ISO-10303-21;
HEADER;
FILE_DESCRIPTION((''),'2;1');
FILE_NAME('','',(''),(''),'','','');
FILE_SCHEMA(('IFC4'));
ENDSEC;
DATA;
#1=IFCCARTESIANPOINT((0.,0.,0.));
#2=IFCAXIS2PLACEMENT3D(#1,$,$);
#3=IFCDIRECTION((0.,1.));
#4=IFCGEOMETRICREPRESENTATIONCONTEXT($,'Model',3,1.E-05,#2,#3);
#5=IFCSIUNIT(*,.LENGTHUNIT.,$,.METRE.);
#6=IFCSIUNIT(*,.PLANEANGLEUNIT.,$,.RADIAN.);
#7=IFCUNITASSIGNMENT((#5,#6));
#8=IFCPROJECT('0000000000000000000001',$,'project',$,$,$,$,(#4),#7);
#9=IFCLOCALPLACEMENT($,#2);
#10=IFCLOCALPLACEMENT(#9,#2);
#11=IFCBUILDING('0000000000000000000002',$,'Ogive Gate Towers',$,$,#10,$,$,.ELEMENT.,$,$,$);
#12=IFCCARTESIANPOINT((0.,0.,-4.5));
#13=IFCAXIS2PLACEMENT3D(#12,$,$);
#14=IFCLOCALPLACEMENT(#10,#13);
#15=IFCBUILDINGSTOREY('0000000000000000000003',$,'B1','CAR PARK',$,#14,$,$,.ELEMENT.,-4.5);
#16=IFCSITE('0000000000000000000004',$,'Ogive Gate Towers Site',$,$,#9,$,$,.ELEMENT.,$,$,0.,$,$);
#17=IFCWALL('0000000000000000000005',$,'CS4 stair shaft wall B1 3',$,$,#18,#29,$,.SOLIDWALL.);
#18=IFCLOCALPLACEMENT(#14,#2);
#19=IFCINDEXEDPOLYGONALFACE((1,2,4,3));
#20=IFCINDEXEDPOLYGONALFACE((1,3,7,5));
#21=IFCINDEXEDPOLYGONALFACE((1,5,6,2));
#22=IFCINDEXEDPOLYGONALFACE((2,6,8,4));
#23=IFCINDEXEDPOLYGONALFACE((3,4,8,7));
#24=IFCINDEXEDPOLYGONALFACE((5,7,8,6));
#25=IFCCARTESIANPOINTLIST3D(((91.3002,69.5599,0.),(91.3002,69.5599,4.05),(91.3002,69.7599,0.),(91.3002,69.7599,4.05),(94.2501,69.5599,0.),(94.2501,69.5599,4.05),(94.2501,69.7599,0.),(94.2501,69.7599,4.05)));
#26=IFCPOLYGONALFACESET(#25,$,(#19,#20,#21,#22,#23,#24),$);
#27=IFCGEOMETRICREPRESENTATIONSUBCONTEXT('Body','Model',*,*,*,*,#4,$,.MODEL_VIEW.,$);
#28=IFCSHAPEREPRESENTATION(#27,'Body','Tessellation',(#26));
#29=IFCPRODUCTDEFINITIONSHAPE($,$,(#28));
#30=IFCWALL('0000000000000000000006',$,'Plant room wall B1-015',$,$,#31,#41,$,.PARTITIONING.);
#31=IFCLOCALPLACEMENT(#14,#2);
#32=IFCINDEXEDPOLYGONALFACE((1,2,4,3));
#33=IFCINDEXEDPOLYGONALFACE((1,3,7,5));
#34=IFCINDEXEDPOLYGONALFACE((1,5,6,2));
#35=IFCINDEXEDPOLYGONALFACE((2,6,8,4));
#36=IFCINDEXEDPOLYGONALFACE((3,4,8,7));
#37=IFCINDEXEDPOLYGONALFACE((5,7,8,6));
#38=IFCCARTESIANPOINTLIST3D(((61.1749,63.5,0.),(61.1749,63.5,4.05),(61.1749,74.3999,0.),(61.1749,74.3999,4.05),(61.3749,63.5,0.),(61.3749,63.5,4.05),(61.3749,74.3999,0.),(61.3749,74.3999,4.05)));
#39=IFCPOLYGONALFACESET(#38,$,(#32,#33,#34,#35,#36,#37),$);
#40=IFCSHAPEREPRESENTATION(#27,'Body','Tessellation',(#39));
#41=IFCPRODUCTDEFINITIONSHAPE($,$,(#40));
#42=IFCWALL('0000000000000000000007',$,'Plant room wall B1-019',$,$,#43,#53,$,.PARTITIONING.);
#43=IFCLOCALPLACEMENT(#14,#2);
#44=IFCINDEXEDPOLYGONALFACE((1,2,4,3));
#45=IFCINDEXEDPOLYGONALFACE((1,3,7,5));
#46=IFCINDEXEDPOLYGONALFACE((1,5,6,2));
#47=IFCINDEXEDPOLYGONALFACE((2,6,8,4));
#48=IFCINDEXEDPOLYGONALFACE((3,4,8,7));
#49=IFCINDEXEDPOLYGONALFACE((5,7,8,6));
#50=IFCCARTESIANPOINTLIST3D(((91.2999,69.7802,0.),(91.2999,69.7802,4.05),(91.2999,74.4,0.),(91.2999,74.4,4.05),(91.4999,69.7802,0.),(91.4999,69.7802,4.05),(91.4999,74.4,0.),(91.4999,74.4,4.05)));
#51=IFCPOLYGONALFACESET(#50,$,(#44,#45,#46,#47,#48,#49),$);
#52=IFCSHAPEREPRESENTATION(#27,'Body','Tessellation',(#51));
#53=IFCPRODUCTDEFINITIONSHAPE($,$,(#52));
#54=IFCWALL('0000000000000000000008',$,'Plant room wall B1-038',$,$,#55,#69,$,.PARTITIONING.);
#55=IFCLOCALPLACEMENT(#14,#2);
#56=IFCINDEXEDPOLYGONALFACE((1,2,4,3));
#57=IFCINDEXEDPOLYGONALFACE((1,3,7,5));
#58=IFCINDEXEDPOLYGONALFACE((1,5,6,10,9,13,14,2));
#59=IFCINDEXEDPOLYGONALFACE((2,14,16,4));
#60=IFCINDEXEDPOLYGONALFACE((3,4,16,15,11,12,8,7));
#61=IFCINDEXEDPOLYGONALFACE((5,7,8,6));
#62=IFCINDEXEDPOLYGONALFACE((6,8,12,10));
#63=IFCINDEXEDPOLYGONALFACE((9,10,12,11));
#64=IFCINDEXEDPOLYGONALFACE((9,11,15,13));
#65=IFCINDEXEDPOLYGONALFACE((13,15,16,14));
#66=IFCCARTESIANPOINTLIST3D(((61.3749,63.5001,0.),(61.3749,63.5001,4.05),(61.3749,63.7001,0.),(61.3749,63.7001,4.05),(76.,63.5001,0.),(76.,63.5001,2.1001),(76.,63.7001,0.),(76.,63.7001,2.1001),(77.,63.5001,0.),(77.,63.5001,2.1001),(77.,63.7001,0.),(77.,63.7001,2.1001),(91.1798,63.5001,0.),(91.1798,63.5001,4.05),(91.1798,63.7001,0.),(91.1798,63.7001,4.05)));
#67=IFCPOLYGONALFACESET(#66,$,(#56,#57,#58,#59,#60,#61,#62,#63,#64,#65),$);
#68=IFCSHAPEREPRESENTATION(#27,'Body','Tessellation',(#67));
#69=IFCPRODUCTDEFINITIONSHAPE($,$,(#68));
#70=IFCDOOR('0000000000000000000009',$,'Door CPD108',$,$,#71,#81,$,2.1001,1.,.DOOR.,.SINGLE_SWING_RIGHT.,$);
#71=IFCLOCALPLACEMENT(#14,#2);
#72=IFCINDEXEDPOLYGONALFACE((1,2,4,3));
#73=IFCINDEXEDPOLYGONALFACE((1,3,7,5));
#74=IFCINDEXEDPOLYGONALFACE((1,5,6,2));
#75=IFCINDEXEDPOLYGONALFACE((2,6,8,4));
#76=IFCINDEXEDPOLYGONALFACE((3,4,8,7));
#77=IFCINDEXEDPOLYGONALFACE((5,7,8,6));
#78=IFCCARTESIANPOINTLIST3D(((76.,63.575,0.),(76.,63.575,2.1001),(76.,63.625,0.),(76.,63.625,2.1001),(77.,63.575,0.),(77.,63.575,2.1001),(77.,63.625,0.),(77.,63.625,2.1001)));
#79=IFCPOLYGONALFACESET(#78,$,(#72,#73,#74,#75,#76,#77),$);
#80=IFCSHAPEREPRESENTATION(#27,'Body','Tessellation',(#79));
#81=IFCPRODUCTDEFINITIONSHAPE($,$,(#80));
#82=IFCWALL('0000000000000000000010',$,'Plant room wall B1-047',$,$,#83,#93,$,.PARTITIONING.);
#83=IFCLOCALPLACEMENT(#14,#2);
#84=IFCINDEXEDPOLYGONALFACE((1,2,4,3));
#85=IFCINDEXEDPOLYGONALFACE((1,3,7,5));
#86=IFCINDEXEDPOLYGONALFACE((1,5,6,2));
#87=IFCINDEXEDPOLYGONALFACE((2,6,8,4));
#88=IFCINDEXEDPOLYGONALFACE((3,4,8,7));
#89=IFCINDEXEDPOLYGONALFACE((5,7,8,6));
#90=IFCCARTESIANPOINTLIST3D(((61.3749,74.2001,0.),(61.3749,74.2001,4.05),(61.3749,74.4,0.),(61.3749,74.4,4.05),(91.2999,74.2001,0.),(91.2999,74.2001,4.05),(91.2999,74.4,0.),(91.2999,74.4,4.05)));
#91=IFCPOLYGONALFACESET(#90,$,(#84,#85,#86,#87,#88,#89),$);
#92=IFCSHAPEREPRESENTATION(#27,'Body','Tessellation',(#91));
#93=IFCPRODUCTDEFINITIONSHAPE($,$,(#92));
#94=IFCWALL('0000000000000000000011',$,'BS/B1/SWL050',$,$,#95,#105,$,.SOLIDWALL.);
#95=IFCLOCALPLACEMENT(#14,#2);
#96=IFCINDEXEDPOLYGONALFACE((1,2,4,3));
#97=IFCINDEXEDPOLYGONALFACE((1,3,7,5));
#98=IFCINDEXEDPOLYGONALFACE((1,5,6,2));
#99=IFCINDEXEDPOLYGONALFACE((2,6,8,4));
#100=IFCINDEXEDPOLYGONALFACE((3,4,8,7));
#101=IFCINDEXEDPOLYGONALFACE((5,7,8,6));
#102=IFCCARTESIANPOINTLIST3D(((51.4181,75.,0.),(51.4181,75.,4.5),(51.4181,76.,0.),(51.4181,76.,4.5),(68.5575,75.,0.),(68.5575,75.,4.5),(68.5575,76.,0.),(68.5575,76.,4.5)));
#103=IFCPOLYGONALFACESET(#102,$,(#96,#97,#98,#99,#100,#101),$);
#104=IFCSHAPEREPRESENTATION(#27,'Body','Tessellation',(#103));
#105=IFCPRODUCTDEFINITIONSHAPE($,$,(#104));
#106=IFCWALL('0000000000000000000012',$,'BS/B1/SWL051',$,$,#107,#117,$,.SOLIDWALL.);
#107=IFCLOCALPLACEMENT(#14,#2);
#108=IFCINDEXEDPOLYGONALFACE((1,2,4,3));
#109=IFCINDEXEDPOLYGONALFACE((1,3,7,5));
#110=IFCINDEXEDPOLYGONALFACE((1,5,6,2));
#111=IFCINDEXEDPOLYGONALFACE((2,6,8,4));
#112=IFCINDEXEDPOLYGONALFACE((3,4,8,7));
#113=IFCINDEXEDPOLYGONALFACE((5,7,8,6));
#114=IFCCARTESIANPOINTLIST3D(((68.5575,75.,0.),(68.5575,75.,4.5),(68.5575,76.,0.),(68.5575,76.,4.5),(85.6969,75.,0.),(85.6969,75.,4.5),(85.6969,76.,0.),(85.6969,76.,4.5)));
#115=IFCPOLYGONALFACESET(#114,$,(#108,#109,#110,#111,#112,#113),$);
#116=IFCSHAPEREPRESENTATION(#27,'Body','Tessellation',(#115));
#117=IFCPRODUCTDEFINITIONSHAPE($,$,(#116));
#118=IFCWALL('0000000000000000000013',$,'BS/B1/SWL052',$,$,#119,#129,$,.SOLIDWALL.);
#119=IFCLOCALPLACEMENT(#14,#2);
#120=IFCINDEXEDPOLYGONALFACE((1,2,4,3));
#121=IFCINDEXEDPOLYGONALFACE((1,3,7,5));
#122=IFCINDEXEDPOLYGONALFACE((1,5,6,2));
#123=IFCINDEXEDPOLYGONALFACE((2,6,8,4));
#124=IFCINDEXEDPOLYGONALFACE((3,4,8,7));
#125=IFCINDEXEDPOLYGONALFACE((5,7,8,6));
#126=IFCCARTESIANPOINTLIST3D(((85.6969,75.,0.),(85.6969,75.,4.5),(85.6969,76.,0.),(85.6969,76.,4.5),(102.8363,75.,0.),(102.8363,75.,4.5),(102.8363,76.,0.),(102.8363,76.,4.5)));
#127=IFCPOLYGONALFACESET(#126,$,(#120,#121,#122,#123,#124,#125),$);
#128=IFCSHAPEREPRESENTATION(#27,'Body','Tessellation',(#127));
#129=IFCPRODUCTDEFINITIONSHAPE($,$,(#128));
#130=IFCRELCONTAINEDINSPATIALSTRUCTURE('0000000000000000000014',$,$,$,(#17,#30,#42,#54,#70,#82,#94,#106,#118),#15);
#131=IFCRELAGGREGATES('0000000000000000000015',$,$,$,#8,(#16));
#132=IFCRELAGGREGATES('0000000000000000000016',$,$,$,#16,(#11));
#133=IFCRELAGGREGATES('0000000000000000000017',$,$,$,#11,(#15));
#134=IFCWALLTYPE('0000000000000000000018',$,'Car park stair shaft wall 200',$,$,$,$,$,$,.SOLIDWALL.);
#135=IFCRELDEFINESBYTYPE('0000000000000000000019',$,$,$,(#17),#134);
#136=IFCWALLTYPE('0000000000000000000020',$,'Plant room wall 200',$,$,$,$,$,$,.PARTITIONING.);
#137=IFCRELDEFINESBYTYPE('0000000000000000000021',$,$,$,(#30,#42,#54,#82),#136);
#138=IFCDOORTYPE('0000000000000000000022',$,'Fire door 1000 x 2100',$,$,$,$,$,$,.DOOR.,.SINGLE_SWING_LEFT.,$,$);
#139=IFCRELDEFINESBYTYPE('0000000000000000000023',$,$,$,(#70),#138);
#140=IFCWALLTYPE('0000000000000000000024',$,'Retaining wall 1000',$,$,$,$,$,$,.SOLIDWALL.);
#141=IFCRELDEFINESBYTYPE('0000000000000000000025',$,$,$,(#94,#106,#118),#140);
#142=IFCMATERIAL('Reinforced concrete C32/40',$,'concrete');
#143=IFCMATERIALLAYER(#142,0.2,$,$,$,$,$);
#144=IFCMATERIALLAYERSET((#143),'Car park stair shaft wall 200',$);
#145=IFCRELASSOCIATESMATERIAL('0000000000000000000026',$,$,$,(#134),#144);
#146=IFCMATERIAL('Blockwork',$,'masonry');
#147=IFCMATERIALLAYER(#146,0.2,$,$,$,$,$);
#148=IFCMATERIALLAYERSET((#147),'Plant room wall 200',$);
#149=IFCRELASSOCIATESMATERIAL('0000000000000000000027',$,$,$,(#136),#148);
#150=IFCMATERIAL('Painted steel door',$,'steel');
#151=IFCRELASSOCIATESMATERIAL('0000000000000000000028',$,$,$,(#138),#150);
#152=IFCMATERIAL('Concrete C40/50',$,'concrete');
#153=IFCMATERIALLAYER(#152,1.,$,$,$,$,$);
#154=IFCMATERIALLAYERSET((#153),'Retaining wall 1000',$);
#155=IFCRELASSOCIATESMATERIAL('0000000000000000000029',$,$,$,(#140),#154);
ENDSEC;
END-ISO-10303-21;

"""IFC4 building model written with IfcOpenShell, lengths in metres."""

from ifc_helpers import new_model, si_unit, direction, frame, frame_2d, origin, place, context, subcontext, project, spatial, rectangle, extrude, material, layer, layer_set, type_object, element, fill, save


model = new_model("IFC4")

# Units and contexts
model_context = context("Model", 3, precision=1e-05, world=origin(), true_north=direction((0.0, 1.0)))
body_context = subcontext(model_context, "Body", "Model", "MODEL_VIEW")
ifc_project = project(units=[si_unit("LENGTHUNIT", "METRE"), si_unit("PLANEANGLEUNIT", "RADIAN")], contexts=[model_context])

# Site, building, storey
site_placement = place(None, origin())
site = spatial("IfcSite", under=ifc_project, at=site_placement, Name="Ogive Gate Towers Site", CompositionType="ELEMENT", RefElevation=0.0)
building_placement = place(site_placement, origin())
building = spatial("IfcBuilding", under=site, at=building_placement, Name="Ogive Gate Towers", CompositionType="ELEMENT")
storey_placement = place(building_placement, frame((0.0, 0.0, -4.5)))
storey = spatial("IfcBuildingStorey", under=building, at=storey_placement, Name="B1", Description="CAR PARK", CompositionType="ELEMENT", Elevation=-4.5)

# Walls
ifc_material_1 = material(Name="Reinforced concrete C32/40", Category="concrete")
ifc_layer_1 = layer(ifc_material_1, 0.2)
ifc_layer_set_1 = layer_set([ifc_layer_1], Name="Car park stair shaft wall 200")
wall_type_1 = type_object("IfcWallType", Name="Car park stair shaft wall 200", PredefinedType="SOLIDWALL", material=ifc_layer_set_1)
wall_1_placement = place(storey_placement, frame((91.3, 69.6599, 0.0), z_axis=(0.0, 0.0, 1.0), x_axis=(1.0, 0.0, 0.0)))
element("IfcWall", 1, at=wall_1_placement, inside=storey, type_object=wall_type_1, Name="CS4 stair shaft wall B1 3", PredefinedType="SOLIDWALL", context=body_context, shape_type="SweptSolid", body=[
    extrude(rectangle(XDim=2.95, YDim=0.2, at=frame_2d((1.4751, 0.0))), origin(), (0.0, 0.0, 1.0), 4.05),
])
ifc_material_2 = material(Name="Blockwork", Category="masonry")
ifc_layer_2 = layer(ifc_material_2, 0.2)
ifc_layer_set_2 = layer_set([ifc_layer_2], Name="Plant room wall 200")
wall_type_2 = type_object("IfcWallType", Name="Plant room wall 200", PredefinedType="PARTITIONING", material=ifc_layer_set_2)
wall_2_placement = place(storey_placement, frame((61.2749, 63.5, 0.0), z_axis=(0.0, 0.0, 1.0), x_axis=(0.0, 1.0, 0.0)))
element("IfcWall", 2, at=wall_2_placement, inside=storey, type_object=wall_type_2, Name="Plant room wall B1-015", PredefinedType="PARTITIONING", context=body_context, shape_type="SweptSolid", body=[
    extrude(rectangle(XDim=10.8999, YDim=0.2, at=frame_2d((5.45, 0.0))), origin(), (0.0, 0.0, 1.0), 4.05),
])
wall_3_placement = place(storey_placement, frame((91.3999, 69.78, 0.0), z_axis=(0.0, 0.0, 1.0), x_axis=(0.0, 1.0, 0.0)))
element("IfcWall", 3, at=wall_3_placement, inside=storey, type_object=wall_type_2, Name="Plant room wall B1-019", PredefinedType="PARTITIONING", context=body_context, shape_type="SweptSolid", body=[
    extrude(rectangle(XDim=4.6199, YDim=0.2, at=frame_2d((2.3101, 0.0))), origin(), (0.0, 0.0, 1.0), 4.05),
])

# Wall, opening, door
wall_4_placement = place(storey_placement, frame((61.375, 63.6001, 0.0), z_axis=(0.0, 0.0, 1.0), x_axis=(1.0, 0.0, 0.0)))
wall_4 = element("IfcWall", 4, at=wall_4_placement, inside=storey, type_object=wall_type_2, Name="Plant room wall B1-038", PredefinedType="PARTITIONING", context=body_context, shape_type="SweptSolid", body=[
    extrude(rectangle(XDim=29.8049, YDim=0.2, at=frame_2d((14.9023, 0.0))), origin(), (0.0, 0.0, 1.0), 4.05),
])
opening_placement = place(wall_4_placement, frame((14.625, 0.0, 0.0)))
opening = element("IfcOpeningElement", 5, at=opening_placement, cuts=wall_4, PredefinedType="OPENING", context=body_context, shape_type="SweptSolid", body=[
    extrude(rectangle(XDim=1.0, YDim=2.1001, at=frame_2d((0.5, 1.05))), frame((0.0, 0.1099, 0.0), z_axis=(0.0, -1.0, 0.0), x_axis=(1.0, 0.0, 0.0)), (0.0, 0.0, 1.0), 0.22),
])
ifc_material_3 = material(Name="Painted steel door", Category="steel")
door_type = type_object("IfcDoorType", Name="Fire door 1000 x 2100", OperationType="SINGLE_SWING_LEFT", PredefinedType="DOOR", material=ifc_material_3)
door_placement = place(opening_placement, origin())
door = element("IfcDoor", 6, at=door_placement, inside=storey, type_object=door_type, Name="Door CPD108", OperationType="SINGLE_SWING_RIGHT", OverallHeight=2.1001, OverallWidth=1.0, PredefinedType="DOOR", context=body_context, shape_type="SweptSolid", body=[
    extrude(rectangle(XDim=1.0, YDim=2.1001, at=frame_2d((0.5, 1.05))), frame((0.0, 0.0249, 0.0), z_axis=(0.0, -1.0, 0.0), x_axis=(1.0, 0.0, 0.0)), (0.0, 0.0, 1.0), 0.05),
])
fill(opening, door)

# Walls
wall_5_placement = place(storey_placement, frame((61.375, 74.3, 0.0), z_axis=(0.0, 0.0, 1.0), x_axis=(1.0, 0.0, 0.0)))
element("IfcWall", 7, at=wall_5_placement, inside=storey, type_object=wall_type_2, Name="Plant room wall B1-047", PredefinedType="PARTITIONING", context=body_context, shape_type="SweptSolid", body=[
    extrude(rectangle(XDim=29.925, YDim=0.2, at=frame_2d((14.9624, 0.0))), origin(), (0.0, 0.0, 1.0), 4.05),
])
ifc_material_4 = material(Name="Concrete C40/50", Category="concrete")
ifc_layer_3 = layer(ifc_material_4, 1.0)
ifc_layer_set_3 = layer_set([ifc_layer_3], Name="Retaining wall 1000")
wall_type_3 = type_object("IfcWallType", Name="Retaining wall 1000", PredefinedType="SOLIDWALL", material=ifc_layer_set_3)
for number, where, z_axis, x_axis, name in (
    (8, (51.418, 75.5, 0.0), (0.0, 0.0, 1.0), (1.0, 0.0, 0.0), "BS/B1/SWL050"),
    (9, (68.5574, 75.5, 0.0), (0.0, 0.0, 1.0), (1.0, 0.0, 0.0), "BS/B1/SWL051"),
    (10, (85.6968, 75.5, 0.0), (0.0, 0.0, 1.0), (1.0, 0.0, 0.0), "BS/B1/SWL052"),
):
    element("IfcWall", number, at=place(storey_placement, frame(where, z_axis=z_axis, x_axis=x_axis)), inside=storey, type_object=wall_type_3, Name=name, PredefinedType="SOLIDWALL", context=body_context, shape_type="SweptSolid", body=[
        extrude(rectangle(XDim=17.1394, YDim=1.0, at=frame_2d((8.5698, 0.0))), origin(), (0.0, 0.0, 1.0), 4.5),
    ])

save(model, "model.ifc")
